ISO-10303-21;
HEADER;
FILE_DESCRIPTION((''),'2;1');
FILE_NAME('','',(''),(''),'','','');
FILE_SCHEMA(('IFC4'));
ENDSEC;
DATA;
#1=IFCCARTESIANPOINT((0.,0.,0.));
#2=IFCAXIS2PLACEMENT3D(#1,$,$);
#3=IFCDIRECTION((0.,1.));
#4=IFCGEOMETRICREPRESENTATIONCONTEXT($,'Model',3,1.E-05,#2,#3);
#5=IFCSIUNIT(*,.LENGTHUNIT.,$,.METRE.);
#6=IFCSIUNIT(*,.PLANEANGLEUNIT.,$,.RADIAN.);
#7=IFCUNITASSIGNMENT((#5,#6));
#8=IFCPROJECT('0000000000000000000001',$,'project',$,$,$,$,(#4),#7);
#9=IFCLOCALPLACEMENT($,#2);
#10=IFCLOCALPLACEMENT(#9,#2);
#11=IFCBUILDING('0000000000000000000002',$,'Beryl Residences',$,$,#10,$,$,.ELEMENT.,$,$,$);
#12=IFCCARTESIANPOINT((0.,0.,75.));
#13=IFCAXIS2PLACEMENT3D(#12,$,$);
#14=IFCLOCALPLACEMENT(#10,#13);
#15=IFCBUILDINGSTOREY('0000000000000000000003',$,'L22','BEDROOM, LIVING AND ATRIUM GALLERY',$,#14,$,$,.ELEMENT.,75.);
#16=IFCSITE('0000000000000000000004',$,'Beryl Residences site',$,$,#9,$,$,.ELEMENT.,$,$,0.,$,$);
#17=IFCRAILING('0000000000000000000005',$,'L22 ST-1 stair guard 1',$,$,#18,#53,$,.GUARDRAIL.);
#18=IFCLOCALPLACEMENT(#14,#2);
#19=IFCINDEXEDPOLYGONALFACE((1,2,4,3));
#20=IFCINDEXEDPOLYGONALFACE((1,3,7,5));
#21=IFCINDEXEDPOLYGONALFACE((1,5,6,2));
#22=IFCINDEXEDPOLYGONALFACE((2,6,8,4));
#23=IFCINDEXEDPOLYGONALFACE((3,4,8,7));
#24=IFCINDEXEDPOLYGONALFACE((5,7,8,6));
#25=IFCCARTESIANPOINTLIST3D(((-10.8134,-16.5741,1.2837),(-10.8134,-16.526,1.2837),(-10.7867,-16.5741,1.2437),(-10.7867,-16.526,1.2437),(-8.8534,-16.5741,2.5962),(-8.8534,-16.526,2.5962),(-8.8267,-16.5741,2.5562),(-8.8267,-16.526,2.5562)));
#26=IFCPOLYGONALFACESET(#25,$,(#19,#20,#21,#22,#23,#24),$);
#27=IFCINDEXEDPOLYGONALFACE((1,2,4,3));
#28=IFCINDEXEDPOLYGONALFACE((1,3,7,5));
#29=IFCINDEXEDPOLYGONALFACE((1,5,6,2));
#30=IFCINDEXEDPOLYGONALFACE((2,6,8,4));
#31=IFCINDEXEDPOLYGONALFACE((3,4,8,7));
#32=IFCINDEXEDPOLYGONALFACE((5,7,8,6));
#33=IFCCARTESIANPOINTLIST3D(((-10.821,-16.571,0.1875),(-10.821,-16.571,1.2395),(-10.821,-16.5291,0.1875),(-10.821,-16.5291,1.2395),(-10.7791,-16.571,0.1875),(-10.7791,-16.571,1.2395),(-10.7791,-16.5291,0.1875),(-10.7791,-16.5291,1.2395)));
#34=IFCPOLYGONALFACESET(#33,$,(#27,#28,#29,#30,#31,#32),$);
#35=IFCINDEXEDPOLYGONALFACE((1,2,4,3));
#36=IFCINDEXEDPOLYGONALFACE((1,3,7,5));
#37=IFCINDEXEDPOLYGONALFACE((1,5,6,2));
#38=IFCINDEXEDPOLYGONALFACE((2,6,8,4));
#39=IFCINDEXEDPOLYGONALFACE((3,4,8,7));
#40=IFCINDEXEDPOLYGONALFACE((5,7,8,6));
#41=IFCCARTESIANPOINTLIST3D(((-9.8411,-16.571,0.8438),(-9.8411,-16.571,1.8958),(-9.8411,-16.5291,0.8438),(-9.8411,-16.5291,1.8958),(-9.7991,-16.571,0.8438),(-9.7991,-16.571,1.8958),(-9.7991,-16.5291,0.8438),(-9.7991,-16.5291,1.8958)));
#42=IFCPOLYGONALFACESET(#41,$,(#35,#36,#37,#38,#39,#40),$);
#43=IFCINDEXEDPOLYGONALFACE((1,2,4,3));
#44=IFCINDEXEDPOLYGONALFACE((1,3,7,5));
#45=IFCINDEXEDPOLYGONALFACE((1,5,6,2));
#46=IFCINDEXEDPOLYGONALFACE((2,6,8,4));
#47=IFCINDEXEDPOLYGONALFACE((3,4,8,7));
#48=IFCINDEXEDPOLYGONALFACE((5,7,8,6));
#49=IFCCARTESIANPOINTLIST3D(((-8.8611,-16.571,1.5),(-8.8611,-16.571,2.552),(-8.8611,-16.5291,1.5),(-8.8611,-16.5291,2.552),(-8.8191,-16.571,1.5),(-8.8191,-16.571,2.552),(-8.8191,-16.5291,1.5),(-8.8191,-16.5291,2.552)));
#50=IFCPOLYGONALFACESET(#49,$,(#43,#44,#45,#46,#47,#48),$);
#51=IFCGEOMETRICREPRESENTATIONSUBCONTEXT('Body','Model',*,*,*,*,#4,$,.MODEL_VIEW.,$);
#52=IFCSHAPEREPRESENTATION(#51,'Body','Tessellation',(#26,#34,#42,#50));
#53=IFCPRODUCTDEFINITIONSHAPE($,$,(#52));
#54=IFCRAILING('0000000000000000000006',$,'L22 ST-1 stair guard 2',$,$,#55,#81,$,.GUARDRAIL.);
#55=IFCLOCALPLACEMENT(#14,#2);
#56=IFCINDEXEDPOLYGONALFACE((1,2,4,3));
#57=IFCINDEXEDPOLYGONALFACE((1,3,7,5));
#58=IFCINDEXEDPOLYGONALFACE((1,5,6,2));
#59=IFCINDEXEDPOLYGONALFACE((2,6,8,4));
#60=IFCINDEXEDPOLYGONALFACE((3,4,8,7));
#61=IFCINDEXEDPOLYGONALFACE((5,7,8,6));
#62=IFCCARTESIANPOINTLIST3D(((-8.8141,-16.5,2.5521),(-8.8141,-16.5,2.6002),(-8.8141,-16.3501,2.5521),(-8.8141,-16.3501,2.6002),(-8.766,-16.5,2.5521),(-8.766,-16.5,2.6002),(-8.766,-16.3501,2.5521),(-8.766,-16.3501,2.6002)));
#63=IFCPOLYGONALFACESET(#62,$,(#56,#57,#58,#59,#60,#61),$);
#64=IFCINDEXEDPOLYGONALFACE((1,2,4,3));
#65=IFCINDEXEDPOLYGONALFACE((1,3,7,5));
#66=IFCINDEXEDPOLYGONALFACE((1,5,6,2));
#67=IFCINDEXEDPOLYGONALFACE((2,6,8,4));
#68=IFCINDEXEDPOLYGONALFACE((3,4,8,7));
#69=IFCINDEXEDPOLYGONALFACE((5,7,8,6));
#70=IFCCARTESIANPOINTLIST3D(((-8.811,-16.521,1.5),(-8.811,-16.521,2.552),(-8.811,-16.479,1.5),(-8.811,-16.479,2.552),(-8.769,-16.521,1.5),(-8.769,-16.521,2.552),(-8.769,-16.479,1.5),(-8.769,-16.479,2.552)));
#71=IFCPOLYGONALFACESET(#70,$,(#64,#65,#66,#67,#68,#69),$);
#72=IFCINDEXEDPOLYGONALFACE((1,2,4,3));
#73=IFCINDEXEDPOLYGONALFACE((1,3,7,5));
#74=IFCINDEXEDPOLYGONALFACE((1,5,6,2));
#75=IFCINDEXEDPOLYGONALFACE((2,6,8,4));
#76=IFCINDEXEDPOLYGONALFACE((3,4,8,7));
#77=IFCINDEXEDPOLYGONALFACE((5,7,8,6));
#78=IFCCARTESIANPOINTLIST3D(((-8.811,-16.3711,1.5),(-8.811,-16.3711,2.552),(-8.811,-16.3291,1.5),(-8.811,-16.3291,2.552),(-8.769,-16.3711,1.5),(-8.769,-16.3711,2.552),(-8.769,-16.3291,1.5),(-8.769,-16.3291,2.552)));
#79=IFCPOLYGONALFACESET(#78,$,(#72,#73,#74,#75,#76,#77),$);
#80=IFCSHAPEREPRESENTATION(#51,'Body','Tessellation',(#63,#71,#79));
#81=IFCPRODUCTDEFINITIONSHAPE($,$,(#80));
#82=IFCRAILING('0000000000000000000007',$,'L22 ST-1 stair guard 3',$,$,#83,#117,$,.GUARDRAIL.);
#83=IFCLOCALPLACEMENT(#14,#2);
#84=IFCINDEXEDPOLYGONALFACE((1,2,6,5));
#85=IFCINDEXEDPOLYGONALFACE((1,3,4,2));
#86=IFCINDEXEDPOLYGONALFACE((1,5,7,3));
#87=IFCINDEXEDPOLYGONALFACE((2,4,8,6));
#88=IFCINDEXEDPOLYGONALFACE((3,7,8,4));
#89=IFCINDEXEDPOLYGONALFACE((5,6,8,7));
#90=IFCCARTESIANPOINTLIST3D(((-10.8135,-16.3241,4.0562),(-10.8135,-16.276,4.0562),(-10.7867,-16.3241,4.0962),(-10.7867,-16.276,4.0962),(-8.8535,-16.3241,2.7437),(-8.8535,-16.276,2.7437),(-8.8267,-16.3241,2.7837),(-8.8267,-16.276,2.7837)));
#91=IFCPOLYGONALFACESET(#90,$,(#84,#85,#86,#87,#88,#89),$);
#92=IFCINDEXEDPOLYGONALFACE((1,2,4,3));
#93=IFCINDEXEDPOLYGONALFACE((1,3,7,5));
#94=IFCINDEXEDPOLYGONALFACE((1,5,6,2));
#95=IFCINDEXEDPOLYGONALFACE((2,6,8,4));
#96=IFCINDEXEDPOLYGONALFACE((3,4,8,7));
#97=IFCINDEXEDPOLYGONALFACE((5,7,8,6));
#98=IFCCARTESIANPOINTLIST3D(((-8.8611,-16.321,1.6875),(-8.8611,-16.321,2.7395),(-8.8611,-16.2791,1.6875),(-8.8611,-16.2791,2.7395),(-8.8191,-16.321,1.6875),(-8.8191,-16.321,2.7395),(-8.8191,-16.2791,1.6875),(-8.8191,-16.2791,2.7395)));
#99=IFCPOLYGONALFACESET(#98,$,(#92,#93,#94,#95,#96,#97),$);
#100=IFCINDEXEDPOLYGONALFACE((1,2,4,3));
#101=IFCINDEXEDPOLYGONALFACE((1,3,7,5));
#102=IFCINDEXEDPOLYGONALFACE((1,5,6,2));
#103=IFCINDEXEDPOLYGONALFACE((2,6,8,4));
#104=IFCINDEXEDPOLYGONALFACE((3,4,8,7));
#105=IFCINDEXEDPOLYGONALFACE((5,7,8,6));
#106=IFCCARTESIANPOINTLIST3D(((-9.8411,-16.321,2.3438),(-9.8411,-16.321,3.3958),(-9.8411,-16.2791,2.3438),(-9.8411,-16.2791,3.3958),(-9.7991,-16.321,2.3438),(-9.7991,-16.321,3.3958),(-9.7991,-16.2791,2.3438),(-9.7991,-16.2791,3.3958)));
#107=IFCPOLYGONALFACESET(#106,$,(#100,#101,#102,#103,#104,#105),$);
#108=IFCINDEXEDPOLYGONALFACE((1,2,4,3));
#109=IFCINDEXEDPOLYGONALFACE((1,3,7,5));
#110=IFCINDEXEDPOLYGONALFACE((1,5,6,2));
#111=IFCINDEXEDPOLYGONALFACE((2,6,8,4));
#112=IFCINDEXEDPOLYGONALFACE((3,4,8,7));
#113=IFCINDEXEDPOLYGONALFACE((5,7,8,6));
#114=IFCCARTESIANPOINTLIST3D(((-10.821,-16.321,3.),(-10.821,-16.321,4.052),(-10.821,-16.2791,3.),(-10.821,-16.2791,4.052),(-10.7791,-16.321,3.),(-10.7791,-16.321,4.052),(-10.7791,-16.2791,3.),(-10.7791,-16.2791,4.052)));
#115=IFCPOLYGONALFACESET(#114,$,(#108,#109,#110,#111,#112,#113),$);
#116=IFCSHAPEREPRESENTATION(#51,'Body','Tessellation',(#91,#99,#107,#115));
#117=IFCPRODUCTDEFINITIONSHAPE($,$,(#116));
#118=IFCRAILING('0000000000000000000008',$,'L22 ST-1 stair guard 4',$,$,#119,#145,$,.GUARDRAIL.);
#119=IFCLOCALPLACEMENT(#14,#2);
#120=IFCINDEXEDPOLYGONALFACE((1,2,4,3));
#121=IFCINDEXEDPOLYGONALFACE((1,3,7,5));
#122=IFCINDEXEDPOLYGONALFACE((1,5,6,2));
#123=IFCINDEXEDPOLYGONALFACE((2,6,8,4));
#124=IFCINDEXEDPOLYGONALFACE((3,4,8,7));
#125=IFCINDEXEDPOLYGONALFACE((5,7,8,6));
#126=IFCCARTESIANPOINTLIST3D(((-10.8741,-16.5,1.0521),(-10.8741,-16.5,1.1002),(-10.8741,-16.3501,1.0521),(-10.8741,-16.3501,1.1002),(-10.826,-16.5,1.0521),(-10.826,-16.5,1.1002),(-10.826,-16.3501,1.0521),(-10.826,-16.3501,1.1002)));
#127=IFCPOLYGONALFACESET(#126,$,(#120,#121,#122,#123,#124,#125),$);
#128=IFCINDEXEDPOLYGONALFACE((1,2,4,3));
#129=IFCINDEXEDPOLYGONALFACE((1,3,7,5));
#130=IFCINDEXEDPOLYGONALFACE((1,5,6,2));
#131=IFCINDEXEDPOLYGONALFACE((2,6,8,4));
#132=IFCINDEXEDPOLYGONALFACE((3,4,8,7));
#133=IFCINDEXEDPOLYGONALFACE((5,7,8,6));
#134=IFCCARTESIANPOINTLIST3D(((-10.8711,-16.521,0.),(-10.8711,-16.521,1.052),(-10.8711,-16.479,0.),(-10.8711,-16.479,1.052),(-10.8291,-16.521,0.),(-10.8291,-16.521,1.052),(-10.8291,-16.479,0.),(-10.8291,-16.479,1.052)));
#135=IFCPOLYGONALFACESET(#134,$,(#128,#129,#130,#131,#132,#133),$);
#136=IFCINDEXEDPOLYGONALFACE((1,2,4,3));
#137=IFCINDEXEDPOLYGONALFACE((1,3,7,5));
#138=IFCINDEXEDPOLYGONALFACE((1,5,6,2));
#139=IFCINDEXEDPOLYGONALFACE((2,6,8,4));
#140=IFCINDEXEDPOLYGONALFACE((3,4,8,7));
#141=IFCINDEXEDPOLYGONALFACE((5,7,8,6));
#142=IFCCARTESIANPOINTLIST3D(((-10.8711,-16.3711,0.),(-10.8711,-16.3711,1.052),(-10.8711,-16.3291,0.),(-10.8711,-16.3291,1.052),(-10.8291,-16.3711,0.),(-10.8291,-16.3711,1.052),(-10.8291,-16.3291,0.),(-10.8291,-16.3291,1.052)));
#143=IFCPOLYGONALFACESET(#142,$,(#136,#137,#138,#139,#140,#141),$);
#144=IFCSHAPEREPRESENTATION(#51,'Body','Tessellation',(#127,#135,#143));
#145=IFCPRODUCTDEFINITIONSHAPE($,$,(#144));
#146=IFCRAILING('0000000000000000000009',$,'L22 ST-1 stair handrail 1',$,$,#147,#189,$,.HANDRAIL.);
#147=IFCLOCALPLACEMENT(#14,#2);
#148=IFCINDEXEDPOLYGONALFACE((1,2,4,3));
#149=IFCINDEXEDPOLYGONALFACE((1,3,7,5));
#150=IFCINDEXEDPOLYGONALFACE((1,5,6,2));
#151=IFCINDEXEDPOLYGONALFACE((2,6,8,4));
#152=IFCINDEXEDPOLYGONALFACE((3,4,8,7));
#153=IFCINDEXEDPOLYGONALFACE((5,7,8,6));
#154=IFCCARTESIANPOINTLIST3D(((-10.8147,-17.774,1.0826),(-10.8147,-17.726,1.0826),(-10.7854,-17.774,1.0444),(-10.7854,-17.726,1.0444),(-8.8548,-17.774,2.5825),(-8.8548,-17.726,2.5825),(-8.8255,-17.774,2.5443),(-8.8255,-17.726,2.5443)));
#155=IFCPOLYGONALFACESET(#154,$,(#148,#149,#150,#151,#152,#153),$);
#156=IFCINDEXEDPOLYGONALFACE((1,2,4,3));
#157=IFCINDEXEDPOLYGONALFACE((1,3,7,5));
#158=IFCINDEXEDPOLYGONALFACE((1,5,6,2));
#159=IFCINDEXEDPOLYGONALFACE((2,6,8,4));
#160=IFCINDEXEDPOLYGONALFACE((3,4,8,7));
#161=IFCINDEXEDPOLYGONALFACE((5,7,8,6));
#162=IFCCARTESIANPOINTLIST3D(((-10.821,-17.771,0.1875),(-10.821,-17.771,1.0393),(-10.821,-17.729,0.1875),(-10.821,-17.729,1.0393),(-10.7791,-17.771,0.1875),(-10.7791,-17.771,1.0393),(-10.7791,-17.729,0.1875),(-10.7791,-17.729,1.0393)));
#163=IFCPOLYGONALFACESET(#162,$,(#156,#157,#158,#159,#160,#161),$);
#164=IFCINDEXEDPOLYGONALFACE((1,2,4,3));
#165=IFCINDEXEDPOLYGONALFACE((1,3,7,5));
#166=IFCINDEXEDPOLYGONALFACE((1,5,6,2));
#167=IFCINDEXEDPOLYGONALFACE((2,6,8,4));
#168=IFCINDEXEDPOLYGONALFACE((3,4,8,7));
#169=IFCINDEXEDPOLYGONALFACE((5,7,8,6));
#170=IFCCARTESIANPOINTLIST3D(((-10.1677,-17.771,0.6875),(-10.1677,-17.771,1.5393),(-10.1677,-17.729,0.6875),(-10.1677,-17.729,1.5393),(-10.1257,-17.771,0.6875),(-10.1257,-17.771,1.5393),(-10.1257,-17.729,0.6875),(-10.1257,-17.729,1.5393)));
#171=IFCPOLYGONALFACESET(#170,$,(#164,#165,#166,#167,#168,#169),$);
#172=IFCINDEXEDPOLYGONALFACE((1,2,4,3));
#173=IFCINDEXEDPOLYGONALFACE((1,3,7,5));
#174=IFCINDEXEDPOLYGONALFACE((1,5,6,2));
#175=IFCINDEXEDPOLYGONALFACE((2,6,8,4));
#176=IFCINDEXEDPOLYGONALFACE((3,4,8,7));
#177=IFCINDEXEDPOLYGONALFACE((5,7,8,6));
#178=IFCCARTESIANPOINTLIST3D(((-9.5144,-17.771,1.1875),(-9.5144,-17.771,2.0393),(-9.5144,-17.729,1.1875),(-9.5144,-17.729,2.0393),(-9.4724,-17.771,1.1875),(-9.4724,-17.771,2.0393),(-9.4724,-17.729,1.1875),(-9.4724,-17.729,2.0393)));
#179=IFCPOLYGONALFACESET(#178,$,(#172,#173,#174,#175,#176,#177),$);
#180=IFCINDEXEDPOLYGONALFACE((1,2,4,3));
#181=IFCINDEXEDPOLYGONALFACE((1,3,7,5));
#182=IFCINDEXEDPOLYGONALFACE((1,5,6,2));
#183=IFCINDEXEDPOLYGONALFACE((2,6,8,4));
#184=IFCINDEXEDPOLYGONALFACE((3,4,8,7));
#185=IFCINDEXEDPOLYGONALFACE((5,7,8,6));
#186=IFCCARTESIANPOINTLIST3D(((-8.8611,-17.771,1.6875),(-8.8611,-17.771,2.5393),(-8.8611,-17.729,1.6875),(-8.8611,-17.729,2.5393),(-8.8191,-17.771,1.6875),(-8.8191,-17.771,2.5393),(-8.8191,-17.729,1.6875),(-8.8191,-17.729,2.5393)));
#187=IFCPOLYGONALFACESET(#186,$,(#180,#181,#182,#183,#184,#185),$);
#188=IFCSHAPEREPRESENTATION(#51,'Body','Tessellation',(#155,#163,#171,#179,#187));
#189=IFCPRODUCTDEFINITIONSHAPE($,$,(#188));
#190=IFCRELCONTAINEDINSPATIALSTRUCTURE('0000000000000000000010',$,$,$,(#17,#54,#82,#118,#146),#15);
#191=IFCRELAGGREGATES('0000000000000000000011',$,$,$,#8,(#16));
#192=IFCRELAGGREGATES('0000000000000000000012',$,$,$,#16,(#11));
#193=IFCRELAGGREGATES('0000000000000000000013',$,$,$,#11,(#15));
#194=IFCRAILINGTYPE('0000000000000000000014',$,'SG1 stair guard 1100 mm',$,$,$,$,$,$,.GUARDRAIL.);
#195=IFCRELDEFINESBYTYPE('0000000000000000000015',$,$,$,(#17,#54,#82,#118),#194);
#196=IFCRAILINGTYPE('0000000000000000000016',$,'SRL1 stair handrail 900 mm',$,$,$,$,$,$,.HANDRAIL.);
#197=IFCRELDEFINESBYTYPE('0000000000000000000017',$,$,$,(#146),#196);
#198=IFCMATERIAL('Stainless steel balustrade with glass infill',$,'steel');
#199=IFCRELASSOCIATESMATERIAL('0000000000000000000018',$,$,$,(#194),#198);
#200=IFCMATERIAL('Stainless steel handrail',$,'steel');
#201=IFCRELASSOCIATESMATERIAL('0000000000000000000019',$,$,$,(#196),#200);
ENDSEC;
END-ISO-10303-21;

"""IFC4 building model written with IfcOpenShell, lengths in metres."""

from ifc_helpers import new_model, si_unit, direction, frame, origin, origin_2d, place, context, subcontext, project, spatial, rectangle, extrude, material, type_object, element, save


model = new_model("IFC4")

# Units and contexts
model_context = context("Model", 3, precision=1e-05, world=origin(), true_north=direction((0.0, 1.0)))
body_context = subcontext(model_context, "Body", "Model", "MODEL_VIEW")
ifc_project = project(units=[si_unit("LENGTHUNIT", "METRE"), si_unit("PLANEANGLEUNIT", "RADIAN")], contexts=[model_context])

# Site, building, storey
site_placement = place(None, origin())
site = spatial("IfcSite", under=ifc_project, at=site_placement, Name="Beryl Residences site", CompositionType="ELEMENT", RefElevation=0.0)
building_placement = place(site_placement, origin())
building = spatial("IfcBuilding", under=site, at=building_placement, Name="Beryl Residences", CompositionType="ELEMENT")
storey_placement = place(building_placement, frame((0.0, 0.0, 75.0)))
storey = spatial("IfcBuildingStorey", under=building, at=storey_placement, Name="L22", Description="BEDROOM, LIVING AND ATRIUM GALLERY", CompositionType="ELEMENT", Elevation=75.0)

# Railings
ifc_material_1 = material(Name="Stainless steel balustrade with glass infill", Category="steel")
railing_type_1 = type_object("IfcRailingType", Name="SG1 stair guard 1100 mm", PredefinedType="GUARDRAIL", material=ifc_material_1)
railing_1_placement = place(storey_placement, frame((-10.8, -16.55, 0.1875)))
element("IfcRailing", 1, at=railing_1_placement, inside=storey, type_object=railing_type_1, Name="L22 ST-1 stair guard 1", PredefinedType="GUARDRAIL", context=body_context, shape_type="SweptSolid", body=[
    extrude(rectangle(XDim=0.0481, YDim=0.0481, at=origin_2d()), frame((0.0, 0.0, 1.0762), z_axis=(0.830902, 0.0, 0.556419), x_axis=(0.0, 1.0, 0.0)), (0.0, 0.0, 1.0), 2.3589),
    extrude(rectangle(XDim=0.042, YDim=0.042, at=origin_2d()), origin(), (0.0, 0.0, 1.0), 1.052),
    extrude(rectangle(XDim=0.042, YDim=0.042, at=origin_2d()), frame((0.98, 0.0, 0.6562)), (0.0, 0.0, 1.0), 1.052),
    extrude(rectangle(XDim=0.042, YDim=0.042, at=origin_2d()), frame((1.96, 0.0, 1.3125)), (0.0, 0.0, 1.0), 1.052),
])
railing_2_placement = place(storey_placement, frame((-8.79, -16.5, 1.5)))
element("IfcRailing", 2, at=railing_2_placement, inside=storey, type_object=railing_type_1, Name="L22 ST-1 stair guard 2", PredefinedType="GUARDRAIL", context=body_context, shape_type="SweptSolid", body=[
    extrude(rectangle(XDim=0.0481, YDim=0.0481, at=origin_2d()), frame((0.0, 0.0, 1.0762), z_axis=(0.0, 1.0, 0.0), x_axis=(-1.0, 0.0, 0.0)), (0.0, 0.0, 1.0), 0.1499),
    extrude(rectangle(XDim=0.042, YDim=0.042, at=origin_2d()), origin(), (0.0, 0.0, 1.0), 1.052),
    extrude(rectangle(XDim=0.042, YDim=0.042, at=origin_2d()), frame((0.0, 0.1499, 0.0)), (0.0, 0.0, 1.0), 1.052),
])
railing_3_placement = place(storey_placement, frame((-8.8401, -16.3, 1.6875)))
element("IfcRailing", 3, at=railing_3_placement, inside=storey, type_object=railing_type_1, Name="L22 ST-1 stair guard 3", PredefinedType="GUARDRAIL", context=body_context, shape_type="SweptSolid", body=[
    extrude(rectangle(XDim=0.0481, YDim=0.0481, at=origin_2d()), frame((0.0, 0.0, 1.0762), z_axis=(-0.830902, 0.0, 0.556419), x_axis=(0.0, -1.0, 0.0)), (0.0, 0.0, 1.0), 2.3589),
    extrude(rectangle(XDim=0.042, YDim=0.042, at=origin_2d()), origin(), (0.0, 0.0, 1.0), 1.052),
    extrude(rectangle(XDim=0.042, YDim=0.042, at=origin_2d()), frame((-0.98, 0.0, 0.6562)), (0.0, 0.0, 1.0), 1.052),
    extrude(rectangle(XDim=0.042, YDim=0.042, at=origin_2d()), frame((-1.96, 0.0, 1.3125)), (0.0, 0.0, 1.0), 1.052),
])
railing_4_placement = place(storey_placement, frame((-10.8501, -16.5, 0.0)))
element("IfcRailing", 4, at=railing_4_placement, inside=storey, type_object=railing_type_1, Name="L22 ST-1 stair guard 4", PredefinedType="GUARDRAIL", context=body_context, shape_type="SweptSolid", body=[
    extrude(rectangle(XDim=0.0481, YDim=0.0481, at=origin_2d()), frame((0.0, 0.0, 1.0762), z_axis=(0.0, 1.0, 0.0), x_axis=(-1.0, 0.0, 0.0)), (0.0, 0.0, 1.0), 0.1499),
    extrude(rectangle(XDim=0.042, YDim=0.042, at=origin_2d()), origin(), (0.0, 0.0, 1.0), 1.052),
    extrude(rectangle(XDim=0.042, YDim=0.042, at=origin_2d()), frame((0.0, 0.1499, 0.0)), (0.0, 0.0, 1.0), 1.052),
])
ifc_material_2 = material(Name="Stainless steel handrail", Category="steel")
railing_type_2 = type_object("IfcRailingType", Name="SRL1 stair handrail 900 mm", PredefinedType="HANDRAIL", material=ifc_material_2)
railing_5_placement = place(storey_placement, frame((-10.8, -17.75, 0.1875)))
element("IfcRailing", 5, at=railing_5_placement, inside=storey, type_object=railing_type_2, Name="L22 ST-1 stair handrail 1", PredefinedType="HANDRAIL", context=body_context, shape_type="SweptSolid", body=[
    extrude(rectangle(XDim=0.0481, YDim=0.0481, at=origin_2d()), frame((0.0, 0.0, 0.876), z_axis=(0.794122, 0.0, 0.607758), x_axis=(0.0, 1.0, 0.0)), (0.0, 0.0, 1.0), 2.468),
    extrude(rectangle(XDim=0.042, YDim=0.042, at=origin_2d()), origin(), (0.0, 0.0, 1.0), 0.8518),
    extrude(rectangle(XDim=0.042, YDim=0.042, at=origin_2d()), frame((0.6533, 0.0, 0.5)), (0.0, 0.0, 1.0), 0.8518),
    extrude(rectangle(XDim=0.042, YDim=0.042, at=origin_2d()), frame((1.3066, 0.0, 1.0)), (0.0, 0.0, 1.0), 0.8518),
    extrude(rectangle(XDim=0.042, YDim=0.042, at=origin_2d()), frame((1.96, 0.0, 1.5)), (0.0, 0.0, 1.0), 0.8518),
])

save(model, "model.ifc")
